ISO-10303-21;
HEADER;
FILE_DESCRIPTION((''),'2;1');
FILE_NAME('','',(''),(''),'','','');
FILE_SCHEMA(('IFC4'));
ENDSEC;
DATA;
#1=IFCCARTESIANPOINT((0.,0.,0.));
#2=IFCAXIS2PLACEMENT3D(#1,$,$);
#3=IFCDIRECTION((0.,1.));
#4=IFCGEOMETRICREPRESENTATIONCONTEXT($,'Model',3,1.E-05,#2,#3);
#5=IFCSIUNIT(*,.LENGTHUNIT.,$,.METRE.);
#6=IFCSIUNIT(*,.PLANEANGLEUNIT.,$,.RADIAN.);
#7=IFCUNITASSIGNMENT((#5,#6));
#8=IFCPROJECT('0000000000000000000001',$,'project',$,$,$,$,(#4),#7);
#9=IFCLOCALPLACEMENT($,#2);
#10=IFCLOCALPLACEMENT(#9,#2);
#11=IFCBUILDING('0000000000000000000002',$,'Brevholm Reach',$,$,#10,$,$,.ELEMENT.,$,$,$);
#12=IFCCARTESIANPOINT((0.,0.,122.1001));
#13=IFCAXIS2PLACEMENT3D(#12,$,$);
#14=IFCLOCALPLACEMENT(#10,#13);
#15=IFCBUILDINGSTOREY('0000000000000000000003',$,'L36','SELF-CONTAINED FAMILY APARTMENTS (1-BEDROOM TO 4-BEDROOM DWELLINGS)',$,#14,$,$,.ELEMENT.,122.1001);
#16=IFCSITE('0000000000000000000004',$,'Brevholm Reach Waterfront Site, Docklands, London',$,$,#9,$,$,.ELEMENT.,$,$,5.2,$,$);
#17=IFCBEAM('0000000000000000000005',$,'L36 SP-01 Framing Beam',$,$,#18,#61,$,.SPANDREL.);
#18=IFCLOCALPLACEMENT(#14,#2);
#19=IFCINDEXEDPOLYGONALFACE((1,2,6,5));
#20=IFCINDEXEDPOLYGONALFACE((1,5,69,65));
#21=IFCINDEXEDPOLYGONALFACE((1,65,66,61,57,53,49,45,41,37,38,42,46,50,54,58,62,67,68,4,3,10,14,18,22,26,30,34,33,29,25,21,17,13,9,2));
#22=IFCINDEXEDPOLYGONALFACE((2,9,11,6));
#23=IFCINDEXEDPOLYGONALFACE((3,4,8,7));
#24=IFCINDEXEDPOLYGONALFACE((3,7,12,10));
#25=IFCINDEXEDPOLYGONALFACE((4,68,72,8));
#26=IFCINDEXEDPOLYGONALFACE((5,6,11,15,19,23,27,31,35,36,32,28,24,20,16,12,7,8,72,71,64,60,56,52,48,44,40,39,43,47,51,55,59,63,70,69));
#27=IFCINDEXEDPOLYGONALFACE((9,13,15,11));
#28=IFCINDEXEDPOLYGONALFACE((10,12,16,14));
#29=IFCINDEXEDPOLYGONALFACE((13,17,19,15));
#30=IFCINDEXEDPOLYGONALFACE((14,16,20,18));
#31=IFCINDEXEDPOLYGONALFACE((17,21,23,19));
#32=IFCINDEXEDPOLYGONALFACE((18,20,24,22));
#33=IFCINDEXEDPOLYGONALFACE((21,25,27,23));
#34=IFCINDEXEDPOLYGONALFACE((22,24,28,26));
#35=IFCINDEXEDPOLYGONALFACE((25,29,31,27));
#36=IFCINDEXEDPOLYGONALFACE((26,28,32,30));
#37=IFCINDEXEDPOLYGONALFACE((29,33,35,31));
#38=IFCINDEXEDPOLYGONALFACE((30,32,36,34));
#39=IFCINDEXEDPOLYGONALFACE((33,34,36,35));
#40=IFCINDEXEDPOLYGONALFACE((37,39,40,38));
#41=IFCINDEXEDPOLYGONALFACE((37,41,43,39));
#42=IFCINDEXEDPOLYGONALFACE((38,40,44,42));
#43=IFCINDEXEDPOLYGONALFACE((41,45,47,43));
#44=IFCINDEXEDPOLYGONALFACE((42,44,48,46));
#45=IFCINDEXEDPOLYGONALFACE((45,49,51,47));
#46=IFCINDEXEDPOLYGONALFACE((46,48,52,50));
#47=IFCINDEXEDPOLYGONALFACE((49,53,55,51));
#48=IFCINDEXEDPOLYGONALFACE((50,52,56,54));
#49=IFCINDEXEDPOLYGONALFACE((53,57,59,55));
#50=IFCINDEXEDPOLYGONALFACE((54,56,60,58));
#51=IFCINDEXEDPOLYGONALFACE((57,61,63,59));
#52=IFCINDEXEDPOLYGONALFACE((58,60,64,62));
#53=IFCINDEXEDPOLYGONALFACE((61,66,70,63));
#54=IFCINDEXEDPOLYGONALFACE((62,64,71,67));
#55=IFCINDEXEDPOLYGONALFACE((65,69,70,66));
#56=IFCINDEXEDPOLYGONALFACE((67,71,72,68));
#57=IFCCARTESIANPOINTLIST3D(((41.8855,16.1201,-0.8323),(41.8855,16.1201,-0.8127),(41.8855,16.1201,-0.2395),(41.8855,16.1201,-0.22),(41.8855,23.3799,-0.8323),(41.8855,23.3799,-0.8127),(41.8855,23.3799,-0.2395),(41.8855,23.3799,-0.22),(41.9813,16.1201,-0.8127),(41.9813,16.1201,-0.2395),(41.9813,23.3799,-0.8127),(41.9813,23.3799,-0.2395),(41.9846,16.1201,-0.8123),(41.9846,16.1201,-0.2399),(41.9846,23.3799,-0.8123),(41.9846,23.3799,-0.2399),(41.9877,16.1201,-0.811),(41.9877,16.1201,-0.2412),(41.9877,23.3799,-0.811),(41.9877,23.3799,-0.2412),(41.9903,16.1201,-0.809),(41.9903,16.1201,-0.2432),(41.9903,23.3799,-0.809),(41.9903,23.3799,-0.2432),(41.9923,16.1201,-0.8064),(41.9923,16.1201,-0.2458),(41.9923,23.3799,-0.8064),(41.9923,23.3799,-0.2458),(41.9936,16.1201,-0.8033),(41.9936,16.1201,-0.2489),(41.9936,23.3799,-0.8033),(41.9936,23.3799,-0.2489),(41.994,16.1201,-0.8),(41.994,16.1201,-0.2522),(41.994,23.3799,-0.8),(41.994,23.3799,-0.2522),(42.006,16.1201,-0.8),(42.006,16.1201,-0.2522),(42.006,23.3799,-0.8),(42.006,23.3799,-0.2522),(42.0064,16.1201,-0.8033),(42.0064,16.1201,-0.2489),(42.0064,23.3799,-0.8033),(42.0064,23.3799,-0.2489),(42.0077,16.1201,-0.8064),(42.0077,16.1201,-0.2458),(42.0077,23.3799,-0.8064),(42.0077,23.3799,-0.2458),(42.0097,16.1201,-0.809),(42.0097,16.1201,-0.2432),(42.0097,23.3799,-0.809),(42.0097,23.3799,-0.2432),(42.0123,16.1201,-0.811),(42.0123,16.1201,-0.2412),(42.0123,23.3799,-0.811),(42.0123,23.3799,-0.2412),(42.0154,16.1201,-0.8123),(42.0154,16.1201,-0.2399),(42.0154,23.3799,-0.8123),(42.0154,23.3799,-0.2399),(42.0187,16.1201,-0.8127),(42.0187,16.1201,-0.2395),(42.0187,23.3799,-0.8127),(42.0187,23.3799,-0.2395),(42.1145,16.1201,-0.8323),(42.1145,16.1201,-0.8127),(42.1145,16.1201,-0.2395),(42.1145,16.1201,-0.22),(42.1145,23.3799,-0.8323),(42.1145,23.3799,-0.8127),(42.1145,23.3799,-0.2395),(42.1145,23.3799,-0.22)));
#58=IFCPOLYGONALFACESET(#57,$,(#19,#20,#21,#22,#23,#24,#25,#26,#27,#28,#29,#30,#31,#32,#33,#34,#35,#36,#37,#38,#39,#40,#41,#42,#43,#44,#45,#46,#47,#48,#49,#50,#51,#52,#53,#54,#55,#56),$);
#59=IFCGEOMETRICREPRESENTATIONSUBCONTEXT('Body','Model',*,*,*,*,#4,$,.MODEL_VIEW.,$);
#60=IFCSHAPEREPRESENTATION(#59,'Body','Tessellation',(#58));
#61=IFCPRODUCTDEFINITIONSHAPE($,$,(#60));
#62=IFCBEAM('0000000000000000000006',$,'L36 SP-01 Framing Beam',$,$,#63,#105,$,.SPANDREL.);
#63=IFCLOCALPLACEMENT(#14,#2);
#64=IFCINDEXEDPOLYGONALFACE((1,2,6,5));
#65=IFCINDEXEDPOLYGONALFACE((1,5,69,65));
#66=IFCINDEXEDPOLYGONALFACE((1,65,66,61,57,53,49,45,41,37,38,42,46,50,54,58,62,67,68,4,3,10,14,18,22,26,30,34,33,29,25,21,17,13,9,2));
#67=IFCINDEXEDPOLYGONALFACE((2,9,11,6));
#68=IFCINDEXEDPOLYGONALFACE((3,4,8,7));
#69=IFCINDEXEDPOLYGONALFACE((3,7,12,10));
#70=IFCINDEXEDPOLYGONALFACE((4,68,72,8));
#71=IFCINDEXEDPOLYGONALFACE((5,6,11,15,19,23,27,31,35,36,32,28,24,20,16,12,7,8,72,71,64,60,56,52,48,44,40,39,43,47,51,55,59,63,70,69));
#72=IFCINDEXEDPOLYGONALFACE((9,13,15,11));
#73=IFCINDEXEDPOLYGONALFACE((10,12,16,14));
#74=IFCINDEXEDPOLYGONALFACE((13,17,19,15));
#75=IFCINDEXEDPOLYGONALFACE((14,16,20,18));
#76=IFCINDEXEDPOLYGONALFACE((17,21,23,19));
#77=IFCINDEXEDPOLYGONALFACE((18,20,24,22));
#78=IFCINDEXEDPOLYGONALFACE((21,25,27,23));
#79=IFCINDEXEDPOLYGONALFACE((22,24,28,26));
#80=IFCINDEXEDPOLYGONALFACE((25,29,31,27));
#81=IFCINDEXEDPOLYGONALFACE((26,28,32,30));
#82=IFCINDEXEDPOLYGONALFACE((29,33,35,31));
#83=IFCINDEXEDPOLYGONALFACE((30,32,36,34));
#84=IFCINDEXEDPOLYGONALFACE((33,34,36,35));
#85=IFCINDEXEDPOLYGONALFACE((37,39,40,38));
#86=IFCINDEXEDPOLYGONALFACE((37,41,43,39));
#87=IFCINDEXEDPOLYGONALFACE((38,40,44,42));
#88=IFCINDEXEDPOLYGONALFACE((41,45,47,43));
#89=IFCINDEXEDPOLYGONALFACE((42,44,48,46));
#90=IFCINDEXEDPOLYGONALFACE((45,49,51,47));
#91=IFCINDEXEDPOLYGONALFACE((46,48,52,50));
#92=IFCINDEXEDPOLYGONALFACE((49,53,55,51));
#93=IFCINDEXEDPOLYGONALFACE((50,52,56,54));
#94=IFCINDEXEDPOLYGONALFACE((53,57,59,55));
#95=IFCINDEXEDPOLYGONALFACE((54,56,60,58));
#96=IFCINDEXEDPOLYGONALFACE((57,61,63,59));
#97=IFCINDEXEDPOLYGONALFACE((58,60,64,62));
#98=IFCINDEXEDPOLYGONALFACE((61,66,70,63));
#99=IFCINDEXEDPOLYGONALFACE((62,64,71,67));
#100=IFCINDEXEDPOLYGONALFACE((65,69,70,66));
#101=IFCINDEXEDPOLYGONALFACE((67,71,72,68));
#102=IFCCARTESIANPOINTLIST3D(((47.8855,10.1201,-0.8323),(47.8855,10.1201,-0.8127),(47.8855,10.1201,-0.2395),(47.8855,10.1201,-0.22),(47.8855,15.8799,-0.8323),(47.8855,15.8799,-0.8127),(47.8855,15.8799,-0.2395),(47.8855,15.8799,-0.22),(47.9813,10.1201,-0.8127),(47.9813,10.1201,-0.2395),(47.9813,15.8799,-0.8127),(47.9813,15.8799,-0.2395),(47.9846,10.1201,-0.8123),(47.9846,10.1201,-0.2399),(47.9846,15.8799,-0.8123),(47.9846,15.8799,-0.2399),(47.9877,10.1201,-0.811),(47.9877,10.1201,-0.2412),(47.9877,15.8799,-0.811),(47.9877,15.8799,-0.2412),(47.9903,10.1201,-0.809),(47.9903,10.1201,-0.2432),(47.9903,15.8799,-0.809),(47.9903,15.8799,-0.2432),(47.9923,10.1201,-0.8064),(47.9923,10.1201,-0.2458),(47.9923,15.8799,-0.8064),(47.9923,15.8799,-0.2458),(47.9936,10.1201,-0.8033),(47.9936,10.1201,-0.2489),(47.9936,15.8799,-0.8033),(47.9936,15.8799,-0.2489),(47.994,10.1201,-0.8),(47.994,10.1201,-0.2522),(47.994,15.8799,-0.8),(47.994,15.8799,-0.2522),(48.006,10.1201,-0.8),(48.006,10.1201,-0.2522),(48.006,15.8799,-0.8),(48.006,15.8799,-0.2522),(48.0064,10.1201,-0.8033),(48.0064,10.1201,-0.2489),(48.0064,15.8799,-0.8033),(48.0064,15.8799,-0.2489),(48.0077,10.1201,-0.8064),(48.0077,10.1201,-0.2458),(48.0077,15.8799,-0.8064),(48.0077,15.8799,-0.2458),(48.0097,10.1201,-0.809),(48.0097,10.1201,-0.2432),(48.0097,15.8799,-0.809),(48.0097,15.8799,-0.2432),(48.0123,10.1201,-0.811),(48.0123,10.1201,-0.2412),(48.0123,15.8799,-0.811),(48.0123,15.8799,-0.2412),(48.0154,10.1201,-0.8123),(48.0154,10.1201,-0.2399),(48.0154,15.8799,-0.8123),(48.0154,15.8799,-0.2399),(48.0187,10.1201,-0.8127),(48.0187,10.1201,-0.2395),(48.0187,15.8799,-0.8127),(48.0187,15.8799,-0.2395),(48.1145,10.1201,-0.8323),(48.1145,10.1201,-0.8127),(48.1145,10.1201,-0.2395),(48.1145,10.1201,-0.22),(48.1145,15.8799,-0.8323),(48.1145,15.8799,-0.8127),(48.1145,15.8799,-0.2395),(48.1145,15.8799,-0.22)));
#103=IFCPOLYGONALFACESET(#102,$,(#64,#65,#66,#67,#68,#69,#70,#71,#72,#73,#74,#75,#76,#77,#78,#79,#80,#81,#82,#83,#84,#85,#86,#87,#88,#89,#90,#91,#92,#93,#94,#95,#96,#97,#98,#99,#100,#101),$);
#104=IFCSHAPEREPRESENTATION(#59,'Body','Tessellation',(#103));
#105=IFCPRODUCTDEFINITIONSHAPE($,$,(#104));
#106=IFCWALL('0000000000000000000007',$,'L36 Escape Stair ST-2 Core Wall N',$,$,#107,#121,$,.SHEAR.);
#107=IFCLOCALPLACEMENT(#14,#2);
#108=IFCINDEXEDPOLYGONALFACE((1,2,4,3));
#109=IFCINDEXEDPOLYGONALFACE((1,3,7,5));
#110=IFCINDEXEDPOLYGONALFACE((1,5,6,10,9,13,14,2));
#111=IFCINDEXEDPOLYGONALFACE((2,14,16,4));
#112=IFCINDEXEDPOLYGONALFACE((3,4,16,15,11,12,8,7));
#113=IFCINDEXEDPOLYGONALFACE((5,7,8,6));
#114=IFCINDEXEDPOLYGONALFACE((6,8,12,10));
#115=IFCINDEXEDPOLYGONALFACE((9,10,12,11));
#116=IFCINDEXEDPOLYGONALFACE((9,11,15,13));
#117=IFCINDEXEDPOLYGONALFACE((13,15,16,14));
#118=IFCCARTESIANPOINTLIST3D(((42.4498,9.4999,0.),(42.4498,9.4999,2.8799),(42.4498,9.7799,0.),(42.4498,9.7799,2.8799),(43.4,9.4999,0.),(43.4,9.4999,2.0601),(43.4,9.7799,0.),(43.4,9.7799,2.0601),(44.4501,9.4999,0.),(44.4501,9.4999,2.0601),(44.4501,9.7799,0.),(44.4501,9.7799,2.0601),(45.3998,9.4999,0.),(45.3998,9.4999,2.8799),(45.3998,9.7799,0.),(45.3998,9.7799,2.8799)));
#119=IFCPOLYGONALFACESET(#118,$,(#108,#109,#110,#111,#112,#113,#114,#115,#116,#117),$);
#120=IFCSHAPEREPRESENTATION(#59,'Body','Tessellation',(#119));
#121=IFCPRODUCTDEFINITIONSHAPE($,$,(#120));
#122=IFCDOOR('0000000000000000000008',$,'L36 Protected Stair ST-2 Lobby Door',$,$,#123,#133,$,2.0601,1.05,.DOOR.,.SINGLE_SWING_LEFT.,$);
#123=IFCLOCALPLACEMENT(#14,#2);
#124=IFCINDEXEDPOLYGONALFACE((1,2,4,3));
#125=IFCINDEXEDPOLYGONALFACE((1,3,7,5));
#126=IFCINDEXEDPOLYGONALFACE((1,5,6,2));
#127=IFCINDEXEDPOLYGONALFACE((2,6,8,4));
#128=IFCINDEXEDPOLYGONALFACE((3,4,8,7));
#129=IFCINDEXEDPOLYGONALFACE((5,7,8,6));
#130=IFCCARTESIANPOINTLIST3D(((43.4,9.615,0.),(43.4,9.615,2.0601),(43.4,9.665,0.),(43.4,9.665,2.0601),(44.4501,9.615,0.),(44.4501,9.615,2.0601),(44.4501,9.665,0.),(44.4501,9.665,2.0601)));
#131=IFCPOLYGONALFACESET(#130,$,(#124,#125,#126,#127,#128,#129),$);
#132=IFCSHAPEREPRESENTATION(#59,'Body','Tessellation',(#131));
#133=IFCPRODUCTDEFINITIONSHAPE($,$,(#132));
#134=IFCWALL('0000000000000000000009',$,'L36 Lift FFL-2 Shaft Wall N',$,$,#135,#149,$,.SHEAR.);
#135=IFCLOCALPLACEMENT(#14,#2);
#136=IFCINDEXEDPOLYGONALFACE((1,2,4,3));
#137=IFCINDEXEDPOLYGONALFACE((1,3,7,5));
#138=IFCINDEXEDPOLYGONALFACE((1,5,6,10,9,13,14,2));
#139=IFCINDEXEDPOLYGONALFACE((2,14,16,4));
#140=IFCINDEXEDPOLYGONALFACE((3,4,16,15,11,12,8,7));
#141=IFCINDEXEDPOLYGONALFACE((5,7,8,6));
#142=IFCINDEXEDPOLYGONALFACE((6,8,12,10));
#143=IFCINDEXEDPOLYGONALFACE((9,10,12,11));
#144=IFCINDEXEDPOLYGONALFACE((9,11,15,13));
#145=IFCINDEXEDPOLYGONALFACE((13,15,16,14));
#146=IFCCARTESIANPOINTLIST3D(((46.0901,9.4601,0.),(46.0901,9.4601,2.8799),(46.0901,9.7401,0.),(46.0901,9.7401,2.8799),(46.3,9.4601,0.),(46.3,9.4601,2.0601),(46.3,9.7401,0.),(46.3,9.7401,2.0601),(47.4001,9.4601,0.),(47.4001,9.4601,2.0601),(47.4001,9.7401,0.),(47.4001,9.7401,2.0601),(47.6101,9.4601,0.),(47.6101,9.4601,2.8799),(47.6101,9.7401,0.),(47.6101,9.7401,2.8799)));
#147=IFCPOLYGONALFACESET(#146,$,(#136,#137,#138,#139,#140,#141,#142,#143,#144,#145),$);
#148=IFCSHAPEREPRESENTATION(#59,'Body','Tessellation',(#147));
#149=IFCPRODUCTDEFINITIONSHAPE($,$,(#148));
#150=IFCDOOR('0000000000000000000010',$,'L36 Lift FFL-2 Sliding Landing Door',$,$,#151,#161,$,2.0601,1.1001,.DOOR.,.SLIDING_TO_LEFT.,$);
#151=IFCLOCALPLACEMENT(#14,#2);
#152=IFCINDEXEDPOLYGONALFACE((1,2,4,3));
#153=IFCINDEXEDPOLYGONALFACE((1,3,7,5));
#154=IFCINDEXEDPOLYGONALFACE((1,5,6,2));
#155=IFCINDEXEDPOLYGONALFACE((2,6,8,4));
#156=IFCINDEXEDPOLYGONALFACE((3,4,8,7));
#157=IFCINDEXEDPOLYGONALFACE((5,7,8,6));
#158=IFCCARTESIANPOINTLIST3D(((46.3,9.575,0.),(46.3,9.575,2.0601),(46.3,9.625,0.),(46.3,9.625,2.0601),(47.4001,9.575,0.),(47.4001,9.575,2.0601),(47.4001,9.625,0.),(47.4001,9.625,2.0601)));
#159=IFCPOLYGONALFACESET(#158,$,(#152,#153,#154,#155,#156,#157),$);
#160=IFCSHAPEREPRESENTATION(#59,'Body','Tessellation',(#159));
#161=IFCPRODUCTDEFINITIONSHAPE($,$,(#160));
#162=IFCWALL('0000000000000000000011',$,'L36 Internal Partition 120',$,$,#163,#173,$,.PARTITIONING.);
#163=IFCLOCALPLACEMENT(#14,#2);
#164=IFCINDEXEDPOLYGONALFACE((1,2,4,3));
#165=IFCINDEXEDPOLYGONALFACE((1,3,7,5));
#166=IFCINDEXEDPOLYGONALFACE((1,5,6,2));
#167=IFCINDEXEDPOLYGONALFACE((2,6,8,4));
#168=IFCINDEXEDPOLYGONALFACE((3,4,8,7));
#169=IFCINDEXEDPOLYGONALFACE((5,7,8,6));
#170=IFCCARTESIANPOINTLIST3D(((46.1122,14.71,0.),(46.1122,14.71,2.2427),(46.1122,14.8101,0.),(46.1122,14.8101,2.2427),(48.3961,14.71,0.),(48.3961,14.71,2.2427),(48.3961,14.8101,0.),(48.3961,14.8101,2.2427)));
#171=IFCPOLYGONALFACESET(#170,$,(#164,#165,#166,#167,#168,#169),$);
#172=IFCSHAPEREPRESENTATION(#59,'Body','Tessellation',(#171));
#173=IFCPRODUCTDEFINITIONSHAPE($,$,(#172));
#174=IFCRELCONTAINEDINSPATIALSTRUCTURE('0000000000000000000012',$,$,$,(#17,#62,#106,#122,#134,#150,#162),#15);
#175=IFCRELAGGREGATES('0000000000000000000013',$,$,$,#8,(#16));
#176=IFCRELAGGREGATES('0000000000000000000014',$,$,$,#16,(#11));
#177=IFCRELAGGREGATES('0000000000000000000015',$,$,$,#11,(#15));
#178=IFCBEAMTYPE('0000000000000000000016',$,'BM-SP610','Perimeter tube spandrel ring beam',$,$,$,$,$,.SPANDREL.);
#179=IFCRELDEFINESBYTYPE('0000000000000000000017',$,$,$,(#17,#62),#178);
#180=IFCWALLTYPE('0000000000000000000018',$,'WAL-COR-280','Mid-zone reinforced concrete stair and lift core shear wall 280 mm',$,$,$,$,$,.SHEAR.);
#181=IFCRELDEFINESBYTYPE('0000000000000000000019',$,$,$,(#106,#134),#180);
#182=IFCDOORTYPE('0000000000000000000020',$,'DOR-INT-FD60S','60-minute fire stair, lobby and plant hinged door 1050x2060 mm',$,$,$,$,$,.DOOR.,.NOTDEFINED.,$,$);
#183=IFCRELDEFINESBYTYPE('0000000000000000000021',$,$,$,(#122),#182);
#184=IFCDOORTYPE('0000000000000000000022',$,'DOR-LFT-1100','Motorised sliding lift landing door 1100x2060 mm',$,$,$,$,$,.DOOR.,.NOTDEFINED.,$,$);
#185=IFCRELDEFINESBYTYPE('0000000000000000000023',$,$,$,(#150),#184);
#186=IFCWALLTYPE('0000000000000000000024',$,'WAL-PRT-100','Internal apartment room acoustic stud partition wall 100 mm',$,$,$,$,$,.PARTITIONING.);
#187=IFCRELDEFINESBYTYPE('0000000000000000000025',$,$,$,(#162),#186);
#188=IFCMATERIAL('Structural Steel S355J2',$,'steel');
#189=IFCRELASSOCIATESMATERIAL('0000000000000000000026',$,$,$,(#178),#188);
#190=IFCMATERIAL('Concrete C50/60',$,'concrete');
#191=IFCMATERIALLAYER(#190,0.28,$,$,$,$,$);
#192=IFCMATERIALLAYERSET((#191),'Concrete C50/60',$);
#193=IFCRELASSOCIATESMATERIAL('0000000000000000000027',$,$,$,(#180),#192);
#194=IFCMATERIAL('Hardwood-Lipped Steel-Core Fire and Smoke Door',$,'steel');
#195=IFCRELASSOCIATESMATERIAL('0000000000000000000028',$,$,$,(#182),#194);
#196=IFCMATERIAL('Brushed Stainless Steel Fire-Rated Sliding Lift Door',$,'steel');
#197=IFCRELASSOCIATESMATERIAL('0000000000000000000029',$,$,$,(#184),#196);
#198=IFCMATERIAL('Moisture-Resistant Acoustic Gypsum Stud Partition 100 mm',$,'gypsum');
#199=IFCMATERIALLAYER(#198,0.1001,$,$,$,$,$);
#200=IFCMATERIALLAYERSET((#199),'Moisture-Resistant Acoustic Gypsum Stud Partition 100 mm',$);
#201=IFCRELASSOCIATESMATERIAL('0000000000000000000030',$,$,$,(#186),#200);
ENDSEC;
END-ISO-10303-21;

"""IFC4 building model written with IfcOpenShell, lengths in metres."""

from ifc_helpers import new_model, si_unit, direction, frame, frame_2d, origin, origin_2d, place, context, subcontext, project, spatial, rectangle, i_section, extrude, material, layer, layer_set, material_profile, profile_set, type_object, element, fill, save


model = new_model("IFC4")

# Units and contexts
model_context = context("Model", 3, precision=1e-05, world=origin(), true_north=direction((0.0, 1.0)))
body_context = subcontext(model_context, "Body", "Model", "MODEL_VIEW")
ifc_project = project(units=[si_unit("LENGTHUNIT", "METRE"), si_unit("PLANEANGLEUNIT", "RADIAN")], contexts=[model_context])

# Site, building, storey
site_placement = place(None, origin())
site = spatial("IfcSite", under=ifc_project, at=site_placement, Name="Brevholm Reach Waterfront Site, Docklands, London", CompositionType="ELEMENT", RefElevation=5.2)
building_placement = place(site_placement, origin())
building = spatial("IfcBuilding", under=site, at=building_placement, Name="Brevholm Reach", CompositionType="ELEMENT")
storey_placement = place(building_placement, frame((0.0, 0.0, 122.1001)))
storey = spatial("IfcBuildingStorey", under=building, at=storey_placement, Name="L36", Description="SELF-CONTAINED FAMILY APARTMENTS (1-BEDROOM TO 4-BEDROOM DWELLINGS)", CompositionType="ELEMENT", Elevation=122.1001)

# Beams
ifc_material_1 = material(Name="Structural Steel S355J2", Category="steel")
ifc_material_profile_1 = material_profile(ifc_material_1, i_section(OverallWidth=0.229, OverallDepth=0.6123, WebThickness=0.012, FlangeThickness=0.0195, FilletRadius=0.0127, at=origin_2d()), Name="UKB 610x229x125")
ifc_profile_set_1 = profile_set([ifc_material_profile_1], Name="Structural Steel S355J2")
beam_type = type_object("IfcBeamType", Name="BM-SP610", Description="Perimeter tube spandrel ring beam", PredefinedType="SPANDREL", material=ifc_profile_set_1)
beam_1_placement = place(storey_placement, frame((42.0, 16.1201, -0.5261), z_axis=(0.0, 1.0, 0.0), x_axis=(-1.0, 0.0, 0.0)))
element("IfcBeam", 1, at=beam_1_placement, inside=storey, type_object=beam_type, Name="L36 SP-01 Framing Beam", PredefinedType="SPANDREL", context=body_context, shape_type="SweptSolid", body=[
    extrude(i_section(OverallWidth=0.229, OverallDepth=0.6123, WebThickness=0.012, FlangeThickness=0.0195, FilletRadius=0.0127, at=origin_2d()), origin(), (0.0, 0.0, 1.0), 7.2598),
])
beam_2_placement = place(storey_placement, frame((48.0, 10.1201, -0.5261), z_axis=(0.0, 1.0, 0.0), x_axis=(-1.0, 0.0, 0.0)))
element("IfcBeam", 2, at=beam_2_placement, inside=storey, type_object=beam_type, Name="L36 SP-01 Framing Beam", PredefinedType="SPANDREL", context=body_context, shape_type="SweptSolid", body=[
    extrude(i_section(OverallWidth=0.229, OverallDepth=0.6123, WebThickness=0.012, FlangeThickness=0.0195, FilletRadius=0.0127, at=origin_2d()), origin(), (0.0, 0.0, 1.0), 5.7598),
])

# Walls, openings, doors
ifc_material_2 = material(Name="Concrete C50/60", Category="concrete")
ifc_layer_1 = layer(ifc_material_2, 0.28)
ifc_layer_set_1 = layer_set([ifc_layer_1], Name="Concrete C50/60")
wall_type_1 = type_object("IfcWallType", Name="WAL-COR-280", Description="Mid-zone reinforced concrete stair and lift core shear wall 280 mm", PredefinedType="SHEAR", material=ifc_layer_set_1)
wall_1_placement = place(storey_placement, frame((45.3999, 9.6399, 0.0), z_axis=(0.0, 0.0, 1.0), x_axis=(-1.0, 0.0, 0.0)))
wall_1 = element("IfcWall", 3, at=wall_1_placement, inside=storey, type_object=wall_type_1, Name="L36 Escape Stair ST-2 Core Wall N", PredefinedType="SHEAR", context=body_context, shape_type="SweptSolid", body=[
    extrude(rectangle(XDim=2.95, YDim=0.28, at=frame_2d((1.4751, 0.0))), origin(), (0.0, 0.0, 1.0), 2.8799),
])
opening_1_placement = place(wall_1_placement, frame((0.95, 0.0, 0.0)))
opening_1 = element("IfcOpeningElement", 4, at=opening_1_placement, cuts=wall_1, PredefinedType="OPENING", context=body_context, shape_type="SweptSolid", body=[
    extrude(rectangle(XDim=1.05, YDim=2.0601, at=frame_2d((0.5249, 1.03))), frame((0.0, 0.1499, 0.0), z_axis=(0.0, -1.0, 0.0), x_axis=(1.0, 0.0, 0.0)), (0.0, 0.0, 1.0), 0.3),
])
ifc_material_3 = material(Name="Hardwood-Lipped Steel-Core Fire and Smoke Door", Category="steel")
door_type_1 = type_object("IfcDoorType", Name="DOR-INT-FD60S", Description="60-minute fire stair, lobby and plant hinged door 1050x2060 mm", OperationType="NOTDEFINED", PredefinedType="DOOR", material=ifc_material_3)
door_1_placement = place(opening_1_placement, origin())
door_1 = element("IfcDoor", 5, at=door_1_placement, inside=storey, type_object=door_type_1, Name="L36 Protected Stair ST-2 Lobby Door", OperationType="SINGLE_SWING_LEFT", OverallHeight=2.0601, OverallWidth=1.05, PredefinedType="DOOR", context=body_context, shape_type="SweptSolid", body=[
    extrude(rectangle(XDim=1.05, YDim=2.0601, at=frame_2d((0.5249, 1.03))), frame((0.0, 0.0249, 0.0), z_axis=(0.0, -1.0, 0.0), x_axis=(1.0, 0.0, 0.0)), (0.0, 0.0, 1.0), 0.05),
])
fill(opening_1, door_1)
wall_2_placement = place(storey_placement, frame((46.0901, 9.6001, 0.0), z_axis=(0.0, 0.0, 1.0), x_axis=(1.0, 0.0, 0.0)))
wall_2 = element("IfcWall", 6, at=wall_2_placement, inside=storey, type_object=wall_type_1, Name="L36 Lift FFL-2 Shaft Wall N", PredefinedType="SHEAR", context=body_context, shape_type="SweptSolid", body=[
    extrude(rectangle(XDim=1.52, YDim=0.28, at=frame_2d((0.76, 0.0))), origin(), (0.0, 0.0, 1.0), 2.8799),
])
opening_2_placement = place(wall_2_placement, frame((0.21, 0.0, 0.0)))
opening_2 = element("IfcOpeningElement", 7, at=opening_2_placement, cuts=wall_2, PredefinedType="OPENING", context=body_context, shape_type="SweptSolid", body=[
    extrude(rectangle(XDim=1.1001, YDim=2.0601, at=frame_2d((0.55, 1.03))), frame((0.0, 0.1499, 0.0), z_axis=(0.0, -1.0, 0.0), x_axis=(1.0, 0.0, 0.0)), (0.0, 0.0, 1.0), 0.3),
])
ifc_material_4 = material(Name="Brushed Stainless Steel Fire-Rated Sliding Lift Door", Category="steel")
door_type_2 = type_object("IfcDoorType", Name="DOR-LFT-1100", Description="Motorised sliding lift landing door 1100x2060 mm", OperationType="NOTDEFINED", PredefinedType="DOOR", material=ifc_material_4)
door_2_placement = place(opening_2_placement, origin())
door_2 = element("IfcDoor", 8, at=door_2_placement, inside=storey, type_object=door_type_2, Name="L36 Lift FFL-2 Sliding Landing Door", OperationType="SLIDING_TO_LEFT", OverallHeight=2.0601, OverallWidth=1.1001, PredefinedType="DOOR", context=body_context, shape_type="SweptSolid", body=[
    extrude(rectangle(XDim=1.1001, YDim=2.0601, at=frame_2d((0.55, 1.03))), frame((0.0, 0.0249, 0.0), z_axis=(0.0, -1.0, 0.0), x_axis=(1.0, 0.0, 0.0)), (0.0, 0.0, 1.0), 0.05),
])
fill(opening_2, door_2)

# Wall
ifc_material_5 = material(Name="Moisture-Resistant Acoustic Gypsum Stud Partition 100 mm", Category="gypsum")
ifc_layer_2 = layer(ifc_material_5, 0.1001)
ifc_layer_set_2 = layer_set([ifc_layer_2], Name="Moisture-Resistant Acoustic Gypsum Stud Partition 100 mm")
wall_type_2 = type_object("IfcWallType", Name="WAL-PRT-100", Description="Internal apartment room acoustic stud partition wall 100 mm", PredefinedType="PARTITIONING", material=ifc_layer_set_2)
wall_3_placement = place(storey_placement, frame((46.1121, 14.76, 0.0), z_axis=(0.0, 0.0, 1.0), x_axis=(1.0, 0.0, 0.0)))
element("IfcWall", 9, at=wall_3_placement, inside=storey, type_object=wall_type_2, Name="L36 Internal Partition 120", PredefinedType="PARTITIONING", context=body_context, shape_type="SweptSolid", body=[
    extrude(rectangle(XDim=2.2839, YDim=0.1001, at=frame_2d((1.1421, 0.0))), origin(), (0.0, 0.0, 1.0), 2.2427),
])

save(model, "model.ifc")
